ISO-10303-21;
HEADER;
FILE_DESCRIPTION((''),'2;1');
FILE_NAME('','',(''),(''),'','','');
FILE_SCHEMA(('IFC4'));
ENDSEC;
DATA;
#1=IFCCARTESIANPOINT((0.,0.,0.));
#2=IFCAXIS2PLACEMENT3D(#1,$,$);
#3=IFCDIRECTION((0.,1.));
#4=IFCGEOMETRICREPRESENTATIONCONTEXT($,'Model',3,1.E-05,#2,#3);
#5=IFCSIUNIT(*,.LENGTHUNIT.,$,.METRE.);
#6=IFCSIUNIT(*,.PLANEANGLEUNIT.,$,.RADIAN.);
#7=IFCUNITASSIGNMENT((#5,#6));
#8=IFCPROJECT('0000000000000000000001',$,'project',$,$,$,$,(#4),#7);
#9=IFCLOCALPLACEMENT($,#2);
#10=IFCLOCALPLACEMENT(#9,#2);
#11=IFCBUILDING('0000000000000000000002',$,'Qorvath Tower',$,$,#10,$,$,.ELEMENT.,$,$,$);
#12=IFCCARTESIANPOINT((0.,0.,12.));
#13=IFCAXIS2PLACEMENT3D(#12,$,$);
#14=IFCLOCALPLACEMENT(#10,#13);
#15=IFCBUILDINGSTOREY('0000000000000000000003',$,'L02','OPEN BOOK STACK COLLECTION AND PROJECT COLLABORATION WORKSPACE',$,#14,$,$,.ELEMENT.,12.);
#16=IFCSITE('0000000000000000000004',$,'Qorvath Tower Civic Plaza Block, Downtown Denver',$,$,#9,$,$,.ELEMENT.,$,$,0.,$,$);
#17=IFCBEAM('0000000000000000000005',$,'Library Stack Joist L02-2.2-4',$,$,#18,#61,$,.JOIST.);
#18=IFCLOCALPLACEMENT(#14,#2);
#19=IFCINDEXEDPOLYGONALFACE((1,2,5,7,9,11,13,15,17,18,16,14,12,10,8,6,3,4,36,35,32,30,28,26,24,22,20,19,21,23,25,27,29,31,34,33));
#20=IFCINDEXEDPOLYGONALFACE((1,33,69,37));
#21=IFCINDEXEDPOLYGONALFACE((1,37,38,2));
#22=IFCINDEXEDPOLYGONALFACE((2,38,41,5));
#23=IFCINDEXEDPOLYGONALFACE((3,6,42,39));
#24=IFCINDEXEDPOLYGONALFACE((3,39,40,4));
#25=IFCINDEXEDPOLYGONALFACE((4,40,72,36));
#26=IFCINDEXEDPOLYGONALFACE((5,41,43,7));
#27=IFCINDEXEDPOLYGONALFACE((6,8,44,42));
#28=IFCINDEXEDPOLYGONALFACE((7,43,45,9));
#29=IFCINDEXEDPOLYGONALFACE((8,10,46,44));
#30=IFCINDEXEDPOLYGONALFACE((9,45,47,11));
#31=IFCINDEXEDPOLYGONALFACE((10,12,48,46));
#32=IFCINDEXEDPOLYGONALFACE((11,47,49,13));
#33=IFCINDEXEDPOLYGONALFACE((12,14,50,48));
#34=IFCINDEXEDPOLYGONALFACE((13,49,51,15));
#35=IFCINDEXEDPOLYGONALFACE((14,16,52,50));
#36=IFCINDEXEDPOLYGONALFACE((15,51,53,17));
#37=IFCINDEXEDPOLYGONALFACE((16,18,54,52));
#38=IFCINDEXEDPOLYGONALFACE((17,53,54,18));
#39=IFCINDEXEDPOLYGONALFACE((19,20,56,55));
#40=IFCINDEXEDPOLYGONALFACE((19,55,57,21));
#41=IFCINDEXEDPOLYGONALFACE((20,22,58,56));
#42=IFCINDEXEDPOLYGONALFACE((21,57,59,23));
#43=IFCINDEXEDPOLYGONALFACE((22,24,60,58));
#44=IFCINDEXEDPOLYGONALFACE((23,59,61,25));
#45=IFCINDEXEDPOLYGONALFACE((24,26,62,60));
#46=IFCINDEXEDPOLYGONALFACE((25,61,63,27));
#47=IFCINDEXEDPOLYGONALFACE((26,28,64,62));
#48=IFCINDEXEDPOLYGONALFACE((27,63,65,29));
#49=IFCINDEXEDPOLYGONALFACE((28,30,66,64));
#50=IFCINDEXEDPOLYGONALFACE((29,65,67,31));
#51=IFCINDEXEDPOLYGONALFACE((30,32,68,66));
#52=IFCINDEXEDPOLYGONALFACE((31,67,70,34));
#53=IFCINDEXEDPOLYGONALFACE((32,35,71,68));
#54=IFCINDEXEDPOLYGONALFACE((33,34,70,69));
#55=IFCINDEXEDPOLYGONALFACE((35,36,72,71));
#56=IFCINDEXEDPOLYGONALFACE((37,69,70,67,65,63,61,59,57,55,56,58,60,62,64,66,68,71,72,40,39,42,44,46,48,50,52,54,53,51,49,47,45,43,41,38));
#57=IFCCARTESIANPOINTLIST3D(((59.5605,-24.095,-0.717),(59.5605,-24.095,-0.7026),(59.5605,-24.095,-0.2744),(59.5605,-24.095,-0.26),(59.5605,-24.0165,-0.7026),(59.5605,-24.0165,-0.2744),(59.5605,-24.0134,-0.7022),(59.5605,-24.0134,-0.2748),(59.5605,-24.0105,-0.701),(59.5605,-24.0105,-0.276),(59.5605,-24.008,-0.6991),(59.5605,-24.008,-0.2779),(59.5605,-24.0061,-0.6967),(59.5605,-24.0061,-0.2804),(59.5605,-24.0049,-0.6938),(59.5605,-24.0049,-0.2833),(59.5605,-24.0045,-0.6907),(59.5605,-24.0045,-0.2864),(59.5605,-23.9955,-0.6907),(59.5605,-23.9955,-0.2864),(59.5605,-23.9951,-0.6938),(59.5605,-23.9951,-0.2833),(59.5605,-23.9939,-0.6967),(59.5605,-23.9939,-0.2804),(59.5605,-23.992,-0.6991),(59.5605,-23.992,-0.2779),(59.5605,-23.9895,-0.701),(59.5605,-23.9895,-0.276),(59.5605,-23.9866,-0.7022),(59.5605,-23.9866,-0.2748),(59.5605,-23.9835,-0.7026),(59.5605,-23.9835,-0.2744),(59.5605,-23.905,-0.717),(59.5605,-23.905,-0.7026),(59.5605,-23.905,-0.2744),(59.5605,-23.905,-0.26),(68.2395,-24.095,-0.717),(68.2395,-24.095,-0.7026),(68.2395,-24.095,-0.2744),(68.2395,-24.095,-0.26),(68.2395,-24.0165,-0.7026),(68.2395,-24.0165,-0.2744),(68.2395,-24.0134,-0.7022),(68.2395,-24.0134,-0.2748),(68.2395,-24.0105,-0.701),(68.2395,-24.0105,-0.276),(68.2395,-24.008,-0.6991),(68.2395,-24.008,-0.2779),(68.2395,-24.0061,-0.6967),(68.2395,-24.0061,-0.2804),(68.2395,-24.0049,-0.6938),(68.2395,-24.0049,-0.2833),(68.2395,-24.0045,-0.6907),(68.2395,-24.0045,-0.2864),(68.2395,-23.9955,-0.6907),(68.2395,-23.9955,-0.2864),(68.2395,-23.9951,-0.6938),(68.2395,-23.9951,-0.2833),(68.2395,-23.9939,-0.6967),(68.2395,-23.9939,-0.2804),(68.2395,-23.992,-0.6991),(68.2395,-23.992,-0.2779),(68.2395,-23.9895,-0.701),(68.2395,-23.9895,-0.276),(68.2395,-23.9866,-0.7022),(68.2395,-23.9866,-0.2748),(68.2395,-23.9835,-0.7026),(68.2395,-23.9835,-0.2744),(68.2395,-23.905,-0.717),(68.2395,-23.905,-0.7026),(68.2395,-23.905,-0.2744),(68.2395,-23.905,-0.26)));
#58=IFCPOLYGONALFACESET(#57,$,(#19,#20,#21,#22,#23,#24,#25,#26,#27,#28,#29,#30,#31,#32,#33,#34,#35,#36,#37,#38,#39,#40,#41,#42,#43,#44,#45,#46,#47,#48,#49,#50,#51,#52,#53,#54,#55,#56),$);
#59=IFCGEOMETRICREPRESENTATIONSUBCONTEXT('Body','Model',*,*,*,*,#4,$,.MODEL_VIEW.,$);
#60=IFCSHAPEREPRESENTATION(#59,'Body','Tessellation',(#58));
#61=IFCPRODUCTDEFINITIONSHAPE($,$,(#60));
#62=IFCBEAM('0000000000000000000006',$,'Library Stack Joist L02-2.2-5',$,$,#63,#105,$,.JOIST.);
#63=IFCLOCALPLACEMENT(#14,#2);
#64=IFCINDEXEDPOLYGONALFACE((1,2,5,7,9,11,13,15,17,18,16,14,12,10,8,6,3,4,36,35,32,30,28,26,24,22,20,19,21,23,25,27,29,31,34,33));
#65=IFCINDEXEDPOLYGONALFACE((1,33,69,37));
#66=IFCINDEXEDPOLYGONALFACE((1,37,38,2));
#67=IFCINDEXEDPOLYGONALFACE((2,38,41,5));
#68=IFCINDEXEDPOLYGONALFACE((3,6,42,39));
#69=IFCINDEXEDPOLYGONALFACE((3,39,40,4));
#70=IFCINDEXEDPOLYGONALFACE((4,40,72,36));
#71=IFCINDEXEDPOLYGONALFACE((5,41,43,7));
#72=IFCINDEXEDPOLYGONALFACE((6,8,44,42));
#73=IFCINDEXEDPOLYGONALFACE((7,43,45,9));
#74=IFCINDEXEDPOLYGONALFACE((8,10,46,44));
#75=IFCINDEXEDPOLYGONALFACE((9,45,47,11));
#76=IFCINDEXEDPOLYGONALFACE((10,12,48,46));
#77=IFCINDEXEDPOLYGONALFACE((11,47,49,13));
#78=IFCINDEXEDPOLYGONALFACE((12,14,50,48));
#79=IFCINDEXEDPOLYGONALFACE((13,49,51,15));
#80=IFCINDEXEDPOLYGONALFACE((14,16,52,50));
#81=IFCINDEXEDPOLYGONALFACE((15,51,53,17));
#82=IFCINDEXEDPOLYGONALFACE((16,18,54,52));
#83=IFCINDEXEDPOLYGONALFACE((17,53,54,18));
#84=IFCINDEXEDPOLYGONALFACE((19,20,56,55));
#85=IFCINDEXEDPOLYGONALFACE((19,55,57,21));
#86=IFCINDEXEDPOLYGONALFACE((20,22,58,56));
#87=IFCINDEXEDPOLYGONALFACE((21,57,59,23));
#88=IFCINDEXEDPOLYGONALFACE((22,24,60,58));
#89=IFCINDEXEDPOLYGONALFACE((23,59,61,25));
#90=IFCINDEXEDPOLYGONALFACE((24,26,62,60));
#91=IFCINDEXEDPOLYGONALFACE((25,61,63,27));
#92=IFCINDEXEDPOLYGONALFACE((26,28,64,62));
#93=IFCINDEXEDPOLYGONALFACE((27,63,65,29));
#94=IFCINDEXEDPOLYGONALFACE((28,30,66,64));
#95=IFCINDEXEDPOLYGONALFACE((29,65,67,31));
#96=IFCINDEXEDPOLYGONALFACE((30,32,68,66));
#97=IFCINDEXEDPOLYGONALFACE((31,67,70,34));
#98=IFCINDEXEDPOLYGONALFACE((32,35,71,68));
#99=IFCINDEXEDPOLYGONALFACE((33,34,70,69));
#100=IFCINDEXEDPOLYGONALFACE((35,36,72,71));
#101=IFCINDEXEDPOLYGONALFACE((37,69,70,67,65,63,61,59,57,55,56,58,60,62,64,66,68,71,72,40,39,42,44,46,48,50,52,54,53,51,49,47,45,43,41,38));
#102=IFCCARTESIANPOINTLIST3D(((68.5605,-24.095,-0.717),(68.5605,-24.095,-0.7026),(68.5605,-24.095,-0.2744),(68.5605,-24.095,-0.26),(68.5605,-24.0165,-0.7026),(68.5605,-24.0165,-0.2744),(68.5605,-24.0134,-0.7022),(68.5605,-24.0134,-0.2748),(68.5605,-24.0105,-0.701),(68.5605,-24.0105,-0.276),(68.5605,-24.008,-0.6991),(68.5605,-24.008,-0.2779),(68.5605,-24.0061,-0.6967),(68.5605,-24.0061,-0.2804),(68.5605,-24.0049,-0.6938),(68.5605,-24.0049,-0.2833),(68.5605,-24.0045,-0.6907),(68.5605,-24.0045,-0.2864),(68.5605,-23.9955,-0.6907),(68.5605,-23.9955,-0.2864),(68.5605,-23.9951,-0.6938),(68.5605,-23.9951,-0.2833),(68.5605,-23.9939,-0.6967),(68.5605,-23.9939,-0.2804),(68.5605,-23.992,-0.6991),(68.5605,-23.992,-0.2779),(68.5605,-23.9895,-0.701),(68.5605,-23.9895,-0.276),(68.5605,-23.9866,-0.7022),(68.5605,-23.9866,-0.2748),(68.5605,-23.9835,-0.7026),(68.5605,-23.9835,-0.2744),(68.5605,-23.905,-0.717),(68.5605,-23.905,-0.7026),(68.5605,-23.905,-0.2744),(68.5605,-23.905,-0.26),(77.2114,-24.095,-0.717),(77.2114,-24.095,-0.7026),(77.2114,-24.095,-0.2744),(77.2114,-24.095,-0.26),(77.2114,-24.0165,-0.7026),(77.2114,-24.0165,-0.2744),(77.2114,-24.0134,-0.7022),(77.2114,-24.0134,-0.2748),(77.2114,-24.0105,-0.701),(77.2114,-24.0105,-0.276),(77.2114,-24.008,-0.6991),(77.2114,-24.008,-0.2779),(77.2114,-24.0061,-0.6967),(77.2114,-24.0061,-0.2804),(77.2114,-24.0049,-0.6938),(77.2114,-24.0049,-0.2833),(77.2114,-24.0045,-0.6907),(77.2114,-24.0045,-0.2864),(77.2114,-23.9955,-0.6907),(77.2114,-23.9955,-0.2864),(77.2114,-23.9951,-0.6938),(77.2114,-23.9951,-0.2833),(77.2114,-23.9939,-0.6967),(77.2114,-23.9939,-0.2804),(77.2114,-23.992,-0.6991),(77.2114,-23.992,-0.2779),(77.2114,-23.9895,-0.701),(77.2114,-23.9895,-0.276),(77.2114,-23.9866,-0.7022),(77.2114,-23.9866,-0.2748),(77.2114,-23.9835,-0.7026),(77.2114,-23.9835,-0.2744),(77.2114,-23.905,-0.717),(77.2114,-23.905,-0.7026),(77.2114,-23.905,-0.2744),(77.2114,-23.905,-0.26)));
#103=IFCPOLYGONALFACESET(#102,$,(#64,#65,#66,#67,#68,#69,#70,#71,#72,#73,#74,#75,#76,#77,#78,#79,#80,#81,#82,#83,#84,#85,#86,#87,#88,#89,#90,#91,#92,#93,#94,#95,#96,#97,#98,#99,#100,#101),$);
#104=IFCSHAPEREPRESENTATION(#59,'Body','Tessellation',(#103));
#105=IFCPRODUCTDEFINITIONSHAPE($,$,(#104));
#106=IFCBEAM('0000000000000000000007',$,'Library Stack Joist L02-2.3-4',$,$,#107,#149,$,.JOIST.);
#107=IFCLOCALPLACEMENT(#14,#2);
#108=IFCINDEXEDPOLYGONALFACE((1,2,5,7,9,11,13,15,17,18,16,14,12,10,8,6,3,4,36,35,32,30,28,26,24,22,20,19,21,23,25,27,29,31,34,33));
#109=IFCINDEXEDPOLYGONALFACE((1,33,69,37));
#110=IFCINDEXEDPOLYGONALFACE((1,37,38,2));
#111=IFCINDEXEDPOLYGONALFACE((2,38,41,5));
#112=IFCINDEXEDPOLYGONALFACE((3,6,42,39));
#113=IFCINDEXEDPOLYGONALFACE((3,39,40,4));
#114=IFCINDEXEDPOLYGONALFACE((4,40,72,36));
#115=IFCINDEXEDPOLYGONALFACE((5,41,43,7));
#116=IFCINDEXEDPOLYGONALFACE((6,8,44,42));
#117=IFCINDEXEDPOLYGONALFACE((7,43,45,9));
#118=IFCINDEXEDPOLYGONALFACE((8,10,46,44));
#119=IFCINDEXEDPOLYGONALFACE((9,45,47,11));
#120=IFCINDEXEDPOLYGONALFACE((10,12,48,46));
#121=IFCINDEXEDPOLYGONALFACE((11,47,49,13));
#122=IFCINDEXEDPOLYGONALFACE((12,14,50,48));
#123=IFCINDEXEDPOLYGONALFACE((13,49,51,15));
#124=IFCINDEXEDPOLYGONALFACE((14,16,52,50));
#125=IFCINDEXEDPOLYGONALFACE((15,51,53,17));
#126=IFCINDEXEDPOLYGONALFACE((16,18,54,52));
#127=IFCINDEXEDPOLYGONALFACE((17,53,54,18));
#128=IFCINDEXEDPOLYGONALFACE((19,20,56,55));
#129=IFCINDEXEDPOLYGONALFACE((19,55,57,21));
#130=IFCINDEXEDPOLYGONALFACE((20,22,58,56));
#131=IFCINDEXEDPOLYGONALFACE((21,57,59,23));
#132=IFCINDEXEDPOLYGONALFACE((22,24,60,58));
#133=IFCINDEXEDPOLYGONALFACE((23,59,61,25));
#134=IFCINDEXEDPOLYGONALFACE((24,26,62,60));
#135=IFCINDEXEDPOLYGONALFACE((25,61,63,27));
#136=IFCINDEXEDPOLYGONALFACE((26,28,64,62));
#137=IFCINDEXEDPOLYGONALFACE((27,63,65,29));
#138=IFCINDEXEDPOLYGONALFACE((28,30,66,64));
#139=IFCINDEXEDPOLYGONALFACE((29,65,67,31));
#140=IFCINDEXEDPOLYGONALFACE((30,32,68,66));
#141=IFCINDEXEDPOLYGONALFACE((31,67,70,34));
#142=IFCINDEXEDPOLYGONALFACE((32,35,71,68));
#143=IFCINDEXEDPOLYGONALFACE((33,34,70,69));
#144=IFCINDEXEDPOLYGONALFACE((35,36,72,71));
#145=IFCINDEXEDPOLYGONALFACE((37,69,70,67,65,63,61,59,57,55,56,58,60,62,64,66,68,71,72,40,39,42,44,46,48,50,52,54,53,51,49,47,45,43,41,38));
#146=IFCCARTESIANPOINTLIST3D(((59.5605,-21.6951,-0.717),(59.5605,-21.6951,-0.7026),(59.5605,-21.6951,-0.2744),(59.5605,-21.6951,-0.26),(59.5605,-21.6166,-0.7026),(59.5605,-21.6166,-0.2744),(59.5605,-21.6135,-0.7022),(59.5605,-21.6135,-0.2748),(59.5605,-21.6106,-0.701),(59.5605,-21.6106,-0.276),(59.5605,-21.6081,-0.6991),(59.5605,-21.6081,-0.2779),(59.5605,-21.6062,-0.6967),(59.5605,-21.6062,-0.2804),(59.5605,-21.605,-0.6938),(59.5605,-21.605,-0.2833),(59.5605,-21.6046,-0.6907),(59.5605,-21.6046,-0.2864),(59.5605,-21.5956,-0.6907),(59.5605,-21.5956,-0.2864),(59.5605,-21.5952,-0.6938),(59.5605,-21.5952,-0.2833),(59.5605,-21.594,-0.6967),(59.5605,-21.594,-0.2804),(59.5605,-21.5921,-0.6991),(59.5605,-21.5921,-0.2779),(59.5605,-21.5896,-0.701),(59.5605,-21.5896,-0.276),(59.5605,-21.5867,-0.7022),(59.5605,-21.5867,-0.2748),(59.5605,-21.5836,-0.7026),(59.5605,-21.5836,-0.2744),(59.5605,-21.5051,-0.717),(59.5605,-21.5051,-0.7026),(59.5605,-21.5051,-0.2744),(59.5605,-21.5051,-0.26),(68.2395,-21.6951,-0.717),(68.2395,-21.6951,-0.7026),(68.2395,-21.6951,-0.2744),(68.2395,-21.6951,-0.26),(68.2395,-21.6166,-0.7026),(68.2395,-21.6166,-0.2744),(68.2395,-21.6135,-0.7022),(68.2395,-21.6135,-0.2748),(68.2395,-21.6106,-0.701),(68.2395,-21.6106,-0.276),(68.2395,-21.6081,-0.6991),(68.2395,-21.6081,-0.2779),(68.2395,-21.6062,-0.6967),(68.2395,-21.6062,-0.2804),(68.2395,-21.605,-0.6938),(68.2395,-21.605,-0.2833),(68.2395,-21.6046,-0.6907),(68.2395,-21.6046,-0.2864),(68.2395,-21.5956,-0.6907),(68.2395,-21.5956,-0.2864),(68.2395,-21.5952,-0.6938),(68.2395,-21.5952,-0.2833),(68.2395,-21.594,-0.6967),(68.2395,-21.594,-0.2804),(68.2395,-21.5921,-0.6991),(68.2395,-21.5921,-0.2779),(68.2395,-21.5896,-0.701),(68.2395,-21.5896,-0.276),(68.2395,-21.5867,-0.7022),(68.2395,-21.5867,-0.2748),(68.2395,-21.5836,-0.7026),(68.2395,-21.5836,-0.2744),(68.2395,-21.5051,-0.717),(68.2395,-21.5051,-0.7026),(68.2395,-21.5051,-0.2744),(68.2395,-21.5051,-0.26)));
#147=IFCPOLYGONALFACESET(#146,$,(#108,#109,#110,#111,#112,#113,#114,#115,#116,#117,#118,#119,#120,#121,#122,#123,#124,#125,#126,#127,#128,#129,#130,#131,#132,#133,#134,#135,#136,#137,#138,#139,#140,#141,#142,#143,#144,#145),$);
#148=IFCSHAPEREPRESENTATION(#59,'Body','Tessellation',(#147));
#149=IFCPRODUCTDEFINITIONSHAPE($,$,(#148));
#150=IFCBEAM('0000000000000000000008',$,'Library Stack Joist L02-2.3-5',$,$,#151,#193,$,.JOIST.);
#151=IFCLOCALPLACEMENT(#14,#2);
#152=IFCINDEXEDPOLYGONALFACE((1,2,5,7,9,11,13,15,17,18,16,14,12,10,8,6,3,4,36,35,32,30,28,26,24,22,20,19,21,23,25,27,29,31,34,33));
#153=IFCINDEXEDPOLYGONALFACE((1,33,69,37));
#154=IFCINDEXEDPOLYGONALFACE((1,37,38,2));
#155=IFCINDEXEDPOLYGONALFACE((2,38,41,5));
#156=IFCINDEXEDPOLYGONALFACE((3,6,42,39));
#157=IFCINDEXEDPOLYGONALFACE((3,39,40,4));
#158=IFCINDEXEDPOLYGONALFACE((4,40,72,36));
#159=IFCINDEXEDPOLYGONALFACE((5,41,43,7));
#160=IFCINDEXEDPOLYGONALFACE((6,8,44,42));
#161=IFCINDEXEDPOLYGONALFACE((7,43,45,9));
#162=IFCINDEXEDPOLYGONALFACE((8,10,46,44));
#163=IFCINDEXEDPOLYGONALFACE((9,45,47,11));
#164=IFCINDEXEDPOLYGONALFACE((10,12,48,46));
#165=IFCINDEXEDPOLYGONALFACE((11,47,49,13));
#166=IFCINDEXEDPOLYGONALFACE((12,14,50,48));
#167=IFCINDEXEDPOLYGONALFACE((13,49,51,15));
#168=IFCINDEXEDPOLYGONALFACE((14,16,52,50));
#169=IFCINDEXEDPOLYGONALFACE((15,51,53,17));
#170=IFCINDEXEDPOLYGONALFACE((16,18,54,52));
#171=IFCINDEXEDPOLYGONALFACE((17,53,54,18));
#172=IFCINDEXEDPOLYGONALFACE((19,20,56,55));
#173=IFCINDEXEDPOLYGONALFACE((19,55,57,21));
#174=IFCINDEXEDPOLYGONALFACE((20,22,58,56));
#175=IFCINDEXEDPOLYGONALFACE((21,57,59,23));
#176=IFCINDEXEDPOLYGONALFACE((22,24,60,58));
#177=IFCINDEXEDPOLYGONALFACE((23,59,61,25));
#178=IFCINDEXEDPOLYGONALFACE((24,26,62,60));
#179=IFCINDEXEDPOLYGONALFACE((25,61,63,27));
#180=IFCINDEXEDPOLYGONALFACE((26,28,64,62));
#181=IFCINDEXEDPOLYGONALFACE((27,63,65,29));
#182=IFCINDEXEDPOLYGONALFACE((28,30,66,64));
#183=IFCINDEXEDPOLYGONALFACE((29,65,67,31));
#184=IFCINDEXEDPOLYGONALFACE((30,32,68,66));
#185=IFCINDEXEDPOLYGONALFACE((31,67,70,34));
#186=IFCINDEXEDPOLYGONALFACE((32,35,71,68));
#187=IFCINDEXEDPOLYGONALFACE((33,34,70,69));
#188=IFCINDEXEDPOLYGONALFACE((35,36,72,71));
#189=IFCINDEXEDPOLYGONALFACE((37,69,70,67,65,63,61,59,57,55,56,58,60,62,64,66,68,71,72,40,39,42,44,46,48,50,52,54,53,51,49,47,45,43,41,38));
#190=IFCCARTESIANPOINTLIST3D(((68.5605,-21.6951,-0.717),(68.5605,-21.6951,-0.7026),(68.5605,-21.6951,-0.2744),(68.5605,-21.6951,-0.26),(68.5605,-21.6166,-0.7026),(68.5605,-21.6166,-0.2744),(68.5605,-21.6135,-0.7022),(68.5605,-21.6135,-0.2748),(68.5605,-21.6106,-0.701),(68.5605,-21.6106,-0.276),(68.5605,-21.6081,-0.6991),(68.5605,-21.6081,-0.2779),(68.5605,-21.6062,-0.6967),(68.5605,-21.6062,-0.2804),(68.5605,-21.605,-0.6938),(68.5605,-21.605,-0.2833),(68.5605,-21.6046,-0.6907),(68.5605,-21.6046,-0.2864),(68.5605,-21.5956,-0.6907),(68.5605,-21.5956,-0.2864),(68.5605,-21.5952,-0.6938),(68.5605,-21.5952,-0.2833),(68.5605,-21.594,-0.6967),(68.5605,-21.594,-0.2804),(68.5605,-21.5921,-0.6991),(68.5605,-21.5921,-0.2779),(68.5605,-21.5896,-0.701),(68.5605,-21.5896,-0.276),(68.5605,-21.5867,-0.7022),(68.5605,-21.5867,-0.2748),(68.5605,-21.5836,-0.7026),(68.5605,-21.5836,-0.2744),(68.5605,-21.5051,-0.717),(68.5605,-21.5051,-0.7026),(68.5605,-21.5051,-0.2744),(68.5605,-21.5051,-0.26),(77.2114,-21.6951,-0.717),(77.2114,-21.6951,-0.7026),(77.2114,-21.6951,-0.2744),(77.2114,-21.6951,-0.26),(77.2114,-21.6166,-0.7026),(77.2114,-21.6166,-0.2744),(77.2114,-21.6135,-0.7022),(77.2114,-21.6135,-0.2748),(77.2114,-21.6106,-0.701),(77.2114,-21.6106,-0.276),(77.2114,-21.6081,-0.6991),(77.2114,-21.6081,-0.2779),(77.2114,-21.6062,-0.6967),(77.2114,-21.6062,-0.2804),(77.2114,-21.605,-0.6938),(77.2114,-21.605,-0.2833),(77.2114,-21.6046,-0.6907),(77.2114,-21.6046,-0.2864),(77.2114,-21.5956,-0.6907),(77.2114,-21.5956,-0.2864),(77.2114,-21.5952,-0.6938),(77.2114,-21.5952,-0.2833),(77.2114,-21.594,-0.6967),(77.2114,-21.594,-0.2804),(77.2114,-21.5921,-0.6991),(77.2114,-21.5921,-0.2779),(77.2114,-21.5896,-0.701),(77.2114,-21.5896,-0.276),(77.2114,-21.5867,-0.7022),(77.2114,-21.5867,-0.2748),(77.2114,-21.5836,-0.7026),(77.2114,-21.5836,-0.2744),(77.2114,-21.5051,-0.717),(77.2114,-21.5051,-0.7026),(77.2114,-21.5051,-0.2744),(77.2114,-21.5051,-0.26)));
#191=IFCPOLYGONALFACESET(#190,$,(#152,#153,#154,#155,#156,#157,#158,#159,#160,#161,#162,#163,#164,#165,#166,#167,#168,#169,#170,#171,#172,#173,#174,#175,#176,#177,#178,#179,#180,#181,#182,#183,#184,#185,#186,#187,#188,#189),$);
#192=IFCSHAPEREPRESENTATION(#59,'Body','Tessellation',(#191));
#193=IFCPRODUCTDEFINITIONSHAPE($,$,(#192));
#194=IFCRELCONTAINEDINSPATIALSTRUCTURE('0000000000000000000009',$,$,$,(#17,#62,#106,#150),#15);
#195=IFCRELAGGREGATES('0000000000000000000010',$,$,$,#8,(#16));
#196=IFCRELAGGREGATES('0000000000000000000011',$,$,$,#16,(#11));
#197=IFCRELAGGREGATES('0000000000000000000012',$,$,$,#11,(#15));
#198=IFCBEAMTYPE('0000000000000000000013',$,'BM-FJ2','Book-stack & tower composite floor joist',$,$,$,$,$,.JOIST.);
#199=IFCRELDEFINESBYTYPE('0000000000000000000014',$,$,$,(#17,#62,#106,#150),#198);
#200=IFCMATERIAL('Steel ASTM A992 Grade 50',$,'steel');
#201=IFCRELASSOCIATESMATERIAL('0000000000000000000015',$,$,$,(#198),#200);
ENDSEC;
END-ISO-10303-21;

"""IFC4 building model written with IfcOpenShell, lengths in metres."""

from ifc_helpers import new_model, si_unit, direction, frame, origin, origin_2d, place, context, subcontext, project, spatial, i_section, extrude, material, material_profile, profile_set, type_object, element, save


model = new_model("IFC4")

# Units and contexts
model_context = context("Model", 3, precision=1e-05, world=origin(), true_north=direction((0.0, 1.0)))
body_context = subcontext(model_context, "Body", "Model", "MODEL_VIEW")
ifc_project = project(units=[si_unit("LENGTHUNIT", "METRE"), si_unit("PLANEANGLEUNIT", "RADIAN")], contexts=[model_context])

# Site, building, storey
site_placement = place(None, origin())
site = spatial("IfcSite", under=ifc_project, at=site_placement, Name="Qorvath Tower Civic Plaza Block, Downtown Denver", CompositionType="ELEMENT", RefElevation=0.0)
building_placement = place(site_placement, origin())
building = spatial("IfcBuilding", under=site, at=building_placement, Name="Qorvath Tower", CompositionType="ELEMENT")
storey_placement = place(building_placement, frame((0.0, 0.0, 12.0)))
storey = spatial("IfcBuildingStorey", under=building, at=storey_placement, Name="L02", Description="OPEN BOOK STACK COLLECTION AND PROJECT COLLABORATION WORKSPACE", CompositionType="ELEMENT", Elevation=12.0)

# Beams
ifc_material_1 = material(Name="Steel ASTM A992 Grade 50", Category="steel")
ifc_material_profile_1 = material_profile(ifc_material_1, i_section(OverallWidth=0.1899, OverallDepth=0.457, WebThickness=0.009, FlangeThickness=0.0144, FilletRadius=0.012, at=origin_2d()), Name="W18x50")
ifc_profile_set_1 = profile_set([ifc_material_profile_1], Name="Steel ASTM A992 Grade 50")
beam_type_1 = type_object("IfcBeamType", Name="BM-FJ2", Description="Book-stack & tower composite floor joist", PredefinedType="JOIST", material=ifc_profile_set_1)
beam_1_placement = place(storey_placement, frame((59.5605, -24.0, -0.4885), z_axis=(1.0, 0.0, 0.0), x_axis=(0.0, 1.0, 0.0)))
element("IfcBeam", 1, at=beam_1_placement, inside=storey, type_object=beam_type_1, Name="Library Stack Joist L02-2.2-4", PredefinedType="JOIST", context=body_context, shape_type="SweptSolid", body=[
    extrude(i_section(OverallWidth=0.1899, OverallDepth=0.457, WebThickness=0.009, FlangeThickness=0.0144, FilletRadius=0.012, at=origin_2d()), origin(), (0.0, 0.0, 1.0), 8.679),
])
beam_2_placement = place(storey_placement, frame((68.5605, -24.0, -0.4885), z_axis=(1.0, 0.0, 0.0), x_axis=(0.0, 1.0, 0.0)))
element("IfcBeam", 2, at=beam_2_placement, inside=storey, type_object=beam_type_1, Name="Library Stack Joist L02-2.2-5", PredefinedType="JOIST", context=body_context, shape_type="SweptSolid", body=[
    extrude(i_section(OverallWidth=0.1899, OverallDepth=0.457, WebThickness=0.009, FlangeThickness=0.0144, FilletRadius=0.012, at=origin_2d()), origin(), (0.0, 0.0, 1.0), 8.6509),
])
beam_3_placement = place(storey_placement, frame((59.5605, -21.6001, -0.4885), z_axis=(1.0, 0.0, 0.0), x_axis=(0.0, 1.0, 0.0)))
element("IfcBeam", 3, at=beam_3_placement, inside=storey, type_object=beam_type_1, Name="Library Stack Joist L02-2.3-4", PredefinedType="JOIST", context=body_context, shape_type="SweptSolid", body=[
    extrude(i_section(OverallWidth=0.1899, OverallDepth=0.457, WebThickness=0.009, FlangeThickness=0.0144, FilletRadius=0.012, at=origin_2d()), origin(), (0.0, 0.0, 1.0), 8.679),
])
beam_4_placement = place(storey_placement, frame((68.5605, -21.6001, -0.4885), z_axis=(1.0, 0.0, 0.0), x_axis=(0.0, 1.0, 0.0)))
element("IfcBeam", 4, at=beam_4_placement, inside=storey, type_object=beam_type_1, Name="Library Stack Joist L02-2.3-5", PredefinedType="JOIST", context=body_context, shape_type="SweptSolid", body=[
    extrude(i_section(OverallWidth=0.1899, OverallDepth=0.457, WebThickness=0.009, FlangeThickness=0.0144, FilletRadius=0.012, at=origin_2d()), origin(), (0.0, 0.0, 1.0), 8.6509),
])

save(model, "model.ifc")
